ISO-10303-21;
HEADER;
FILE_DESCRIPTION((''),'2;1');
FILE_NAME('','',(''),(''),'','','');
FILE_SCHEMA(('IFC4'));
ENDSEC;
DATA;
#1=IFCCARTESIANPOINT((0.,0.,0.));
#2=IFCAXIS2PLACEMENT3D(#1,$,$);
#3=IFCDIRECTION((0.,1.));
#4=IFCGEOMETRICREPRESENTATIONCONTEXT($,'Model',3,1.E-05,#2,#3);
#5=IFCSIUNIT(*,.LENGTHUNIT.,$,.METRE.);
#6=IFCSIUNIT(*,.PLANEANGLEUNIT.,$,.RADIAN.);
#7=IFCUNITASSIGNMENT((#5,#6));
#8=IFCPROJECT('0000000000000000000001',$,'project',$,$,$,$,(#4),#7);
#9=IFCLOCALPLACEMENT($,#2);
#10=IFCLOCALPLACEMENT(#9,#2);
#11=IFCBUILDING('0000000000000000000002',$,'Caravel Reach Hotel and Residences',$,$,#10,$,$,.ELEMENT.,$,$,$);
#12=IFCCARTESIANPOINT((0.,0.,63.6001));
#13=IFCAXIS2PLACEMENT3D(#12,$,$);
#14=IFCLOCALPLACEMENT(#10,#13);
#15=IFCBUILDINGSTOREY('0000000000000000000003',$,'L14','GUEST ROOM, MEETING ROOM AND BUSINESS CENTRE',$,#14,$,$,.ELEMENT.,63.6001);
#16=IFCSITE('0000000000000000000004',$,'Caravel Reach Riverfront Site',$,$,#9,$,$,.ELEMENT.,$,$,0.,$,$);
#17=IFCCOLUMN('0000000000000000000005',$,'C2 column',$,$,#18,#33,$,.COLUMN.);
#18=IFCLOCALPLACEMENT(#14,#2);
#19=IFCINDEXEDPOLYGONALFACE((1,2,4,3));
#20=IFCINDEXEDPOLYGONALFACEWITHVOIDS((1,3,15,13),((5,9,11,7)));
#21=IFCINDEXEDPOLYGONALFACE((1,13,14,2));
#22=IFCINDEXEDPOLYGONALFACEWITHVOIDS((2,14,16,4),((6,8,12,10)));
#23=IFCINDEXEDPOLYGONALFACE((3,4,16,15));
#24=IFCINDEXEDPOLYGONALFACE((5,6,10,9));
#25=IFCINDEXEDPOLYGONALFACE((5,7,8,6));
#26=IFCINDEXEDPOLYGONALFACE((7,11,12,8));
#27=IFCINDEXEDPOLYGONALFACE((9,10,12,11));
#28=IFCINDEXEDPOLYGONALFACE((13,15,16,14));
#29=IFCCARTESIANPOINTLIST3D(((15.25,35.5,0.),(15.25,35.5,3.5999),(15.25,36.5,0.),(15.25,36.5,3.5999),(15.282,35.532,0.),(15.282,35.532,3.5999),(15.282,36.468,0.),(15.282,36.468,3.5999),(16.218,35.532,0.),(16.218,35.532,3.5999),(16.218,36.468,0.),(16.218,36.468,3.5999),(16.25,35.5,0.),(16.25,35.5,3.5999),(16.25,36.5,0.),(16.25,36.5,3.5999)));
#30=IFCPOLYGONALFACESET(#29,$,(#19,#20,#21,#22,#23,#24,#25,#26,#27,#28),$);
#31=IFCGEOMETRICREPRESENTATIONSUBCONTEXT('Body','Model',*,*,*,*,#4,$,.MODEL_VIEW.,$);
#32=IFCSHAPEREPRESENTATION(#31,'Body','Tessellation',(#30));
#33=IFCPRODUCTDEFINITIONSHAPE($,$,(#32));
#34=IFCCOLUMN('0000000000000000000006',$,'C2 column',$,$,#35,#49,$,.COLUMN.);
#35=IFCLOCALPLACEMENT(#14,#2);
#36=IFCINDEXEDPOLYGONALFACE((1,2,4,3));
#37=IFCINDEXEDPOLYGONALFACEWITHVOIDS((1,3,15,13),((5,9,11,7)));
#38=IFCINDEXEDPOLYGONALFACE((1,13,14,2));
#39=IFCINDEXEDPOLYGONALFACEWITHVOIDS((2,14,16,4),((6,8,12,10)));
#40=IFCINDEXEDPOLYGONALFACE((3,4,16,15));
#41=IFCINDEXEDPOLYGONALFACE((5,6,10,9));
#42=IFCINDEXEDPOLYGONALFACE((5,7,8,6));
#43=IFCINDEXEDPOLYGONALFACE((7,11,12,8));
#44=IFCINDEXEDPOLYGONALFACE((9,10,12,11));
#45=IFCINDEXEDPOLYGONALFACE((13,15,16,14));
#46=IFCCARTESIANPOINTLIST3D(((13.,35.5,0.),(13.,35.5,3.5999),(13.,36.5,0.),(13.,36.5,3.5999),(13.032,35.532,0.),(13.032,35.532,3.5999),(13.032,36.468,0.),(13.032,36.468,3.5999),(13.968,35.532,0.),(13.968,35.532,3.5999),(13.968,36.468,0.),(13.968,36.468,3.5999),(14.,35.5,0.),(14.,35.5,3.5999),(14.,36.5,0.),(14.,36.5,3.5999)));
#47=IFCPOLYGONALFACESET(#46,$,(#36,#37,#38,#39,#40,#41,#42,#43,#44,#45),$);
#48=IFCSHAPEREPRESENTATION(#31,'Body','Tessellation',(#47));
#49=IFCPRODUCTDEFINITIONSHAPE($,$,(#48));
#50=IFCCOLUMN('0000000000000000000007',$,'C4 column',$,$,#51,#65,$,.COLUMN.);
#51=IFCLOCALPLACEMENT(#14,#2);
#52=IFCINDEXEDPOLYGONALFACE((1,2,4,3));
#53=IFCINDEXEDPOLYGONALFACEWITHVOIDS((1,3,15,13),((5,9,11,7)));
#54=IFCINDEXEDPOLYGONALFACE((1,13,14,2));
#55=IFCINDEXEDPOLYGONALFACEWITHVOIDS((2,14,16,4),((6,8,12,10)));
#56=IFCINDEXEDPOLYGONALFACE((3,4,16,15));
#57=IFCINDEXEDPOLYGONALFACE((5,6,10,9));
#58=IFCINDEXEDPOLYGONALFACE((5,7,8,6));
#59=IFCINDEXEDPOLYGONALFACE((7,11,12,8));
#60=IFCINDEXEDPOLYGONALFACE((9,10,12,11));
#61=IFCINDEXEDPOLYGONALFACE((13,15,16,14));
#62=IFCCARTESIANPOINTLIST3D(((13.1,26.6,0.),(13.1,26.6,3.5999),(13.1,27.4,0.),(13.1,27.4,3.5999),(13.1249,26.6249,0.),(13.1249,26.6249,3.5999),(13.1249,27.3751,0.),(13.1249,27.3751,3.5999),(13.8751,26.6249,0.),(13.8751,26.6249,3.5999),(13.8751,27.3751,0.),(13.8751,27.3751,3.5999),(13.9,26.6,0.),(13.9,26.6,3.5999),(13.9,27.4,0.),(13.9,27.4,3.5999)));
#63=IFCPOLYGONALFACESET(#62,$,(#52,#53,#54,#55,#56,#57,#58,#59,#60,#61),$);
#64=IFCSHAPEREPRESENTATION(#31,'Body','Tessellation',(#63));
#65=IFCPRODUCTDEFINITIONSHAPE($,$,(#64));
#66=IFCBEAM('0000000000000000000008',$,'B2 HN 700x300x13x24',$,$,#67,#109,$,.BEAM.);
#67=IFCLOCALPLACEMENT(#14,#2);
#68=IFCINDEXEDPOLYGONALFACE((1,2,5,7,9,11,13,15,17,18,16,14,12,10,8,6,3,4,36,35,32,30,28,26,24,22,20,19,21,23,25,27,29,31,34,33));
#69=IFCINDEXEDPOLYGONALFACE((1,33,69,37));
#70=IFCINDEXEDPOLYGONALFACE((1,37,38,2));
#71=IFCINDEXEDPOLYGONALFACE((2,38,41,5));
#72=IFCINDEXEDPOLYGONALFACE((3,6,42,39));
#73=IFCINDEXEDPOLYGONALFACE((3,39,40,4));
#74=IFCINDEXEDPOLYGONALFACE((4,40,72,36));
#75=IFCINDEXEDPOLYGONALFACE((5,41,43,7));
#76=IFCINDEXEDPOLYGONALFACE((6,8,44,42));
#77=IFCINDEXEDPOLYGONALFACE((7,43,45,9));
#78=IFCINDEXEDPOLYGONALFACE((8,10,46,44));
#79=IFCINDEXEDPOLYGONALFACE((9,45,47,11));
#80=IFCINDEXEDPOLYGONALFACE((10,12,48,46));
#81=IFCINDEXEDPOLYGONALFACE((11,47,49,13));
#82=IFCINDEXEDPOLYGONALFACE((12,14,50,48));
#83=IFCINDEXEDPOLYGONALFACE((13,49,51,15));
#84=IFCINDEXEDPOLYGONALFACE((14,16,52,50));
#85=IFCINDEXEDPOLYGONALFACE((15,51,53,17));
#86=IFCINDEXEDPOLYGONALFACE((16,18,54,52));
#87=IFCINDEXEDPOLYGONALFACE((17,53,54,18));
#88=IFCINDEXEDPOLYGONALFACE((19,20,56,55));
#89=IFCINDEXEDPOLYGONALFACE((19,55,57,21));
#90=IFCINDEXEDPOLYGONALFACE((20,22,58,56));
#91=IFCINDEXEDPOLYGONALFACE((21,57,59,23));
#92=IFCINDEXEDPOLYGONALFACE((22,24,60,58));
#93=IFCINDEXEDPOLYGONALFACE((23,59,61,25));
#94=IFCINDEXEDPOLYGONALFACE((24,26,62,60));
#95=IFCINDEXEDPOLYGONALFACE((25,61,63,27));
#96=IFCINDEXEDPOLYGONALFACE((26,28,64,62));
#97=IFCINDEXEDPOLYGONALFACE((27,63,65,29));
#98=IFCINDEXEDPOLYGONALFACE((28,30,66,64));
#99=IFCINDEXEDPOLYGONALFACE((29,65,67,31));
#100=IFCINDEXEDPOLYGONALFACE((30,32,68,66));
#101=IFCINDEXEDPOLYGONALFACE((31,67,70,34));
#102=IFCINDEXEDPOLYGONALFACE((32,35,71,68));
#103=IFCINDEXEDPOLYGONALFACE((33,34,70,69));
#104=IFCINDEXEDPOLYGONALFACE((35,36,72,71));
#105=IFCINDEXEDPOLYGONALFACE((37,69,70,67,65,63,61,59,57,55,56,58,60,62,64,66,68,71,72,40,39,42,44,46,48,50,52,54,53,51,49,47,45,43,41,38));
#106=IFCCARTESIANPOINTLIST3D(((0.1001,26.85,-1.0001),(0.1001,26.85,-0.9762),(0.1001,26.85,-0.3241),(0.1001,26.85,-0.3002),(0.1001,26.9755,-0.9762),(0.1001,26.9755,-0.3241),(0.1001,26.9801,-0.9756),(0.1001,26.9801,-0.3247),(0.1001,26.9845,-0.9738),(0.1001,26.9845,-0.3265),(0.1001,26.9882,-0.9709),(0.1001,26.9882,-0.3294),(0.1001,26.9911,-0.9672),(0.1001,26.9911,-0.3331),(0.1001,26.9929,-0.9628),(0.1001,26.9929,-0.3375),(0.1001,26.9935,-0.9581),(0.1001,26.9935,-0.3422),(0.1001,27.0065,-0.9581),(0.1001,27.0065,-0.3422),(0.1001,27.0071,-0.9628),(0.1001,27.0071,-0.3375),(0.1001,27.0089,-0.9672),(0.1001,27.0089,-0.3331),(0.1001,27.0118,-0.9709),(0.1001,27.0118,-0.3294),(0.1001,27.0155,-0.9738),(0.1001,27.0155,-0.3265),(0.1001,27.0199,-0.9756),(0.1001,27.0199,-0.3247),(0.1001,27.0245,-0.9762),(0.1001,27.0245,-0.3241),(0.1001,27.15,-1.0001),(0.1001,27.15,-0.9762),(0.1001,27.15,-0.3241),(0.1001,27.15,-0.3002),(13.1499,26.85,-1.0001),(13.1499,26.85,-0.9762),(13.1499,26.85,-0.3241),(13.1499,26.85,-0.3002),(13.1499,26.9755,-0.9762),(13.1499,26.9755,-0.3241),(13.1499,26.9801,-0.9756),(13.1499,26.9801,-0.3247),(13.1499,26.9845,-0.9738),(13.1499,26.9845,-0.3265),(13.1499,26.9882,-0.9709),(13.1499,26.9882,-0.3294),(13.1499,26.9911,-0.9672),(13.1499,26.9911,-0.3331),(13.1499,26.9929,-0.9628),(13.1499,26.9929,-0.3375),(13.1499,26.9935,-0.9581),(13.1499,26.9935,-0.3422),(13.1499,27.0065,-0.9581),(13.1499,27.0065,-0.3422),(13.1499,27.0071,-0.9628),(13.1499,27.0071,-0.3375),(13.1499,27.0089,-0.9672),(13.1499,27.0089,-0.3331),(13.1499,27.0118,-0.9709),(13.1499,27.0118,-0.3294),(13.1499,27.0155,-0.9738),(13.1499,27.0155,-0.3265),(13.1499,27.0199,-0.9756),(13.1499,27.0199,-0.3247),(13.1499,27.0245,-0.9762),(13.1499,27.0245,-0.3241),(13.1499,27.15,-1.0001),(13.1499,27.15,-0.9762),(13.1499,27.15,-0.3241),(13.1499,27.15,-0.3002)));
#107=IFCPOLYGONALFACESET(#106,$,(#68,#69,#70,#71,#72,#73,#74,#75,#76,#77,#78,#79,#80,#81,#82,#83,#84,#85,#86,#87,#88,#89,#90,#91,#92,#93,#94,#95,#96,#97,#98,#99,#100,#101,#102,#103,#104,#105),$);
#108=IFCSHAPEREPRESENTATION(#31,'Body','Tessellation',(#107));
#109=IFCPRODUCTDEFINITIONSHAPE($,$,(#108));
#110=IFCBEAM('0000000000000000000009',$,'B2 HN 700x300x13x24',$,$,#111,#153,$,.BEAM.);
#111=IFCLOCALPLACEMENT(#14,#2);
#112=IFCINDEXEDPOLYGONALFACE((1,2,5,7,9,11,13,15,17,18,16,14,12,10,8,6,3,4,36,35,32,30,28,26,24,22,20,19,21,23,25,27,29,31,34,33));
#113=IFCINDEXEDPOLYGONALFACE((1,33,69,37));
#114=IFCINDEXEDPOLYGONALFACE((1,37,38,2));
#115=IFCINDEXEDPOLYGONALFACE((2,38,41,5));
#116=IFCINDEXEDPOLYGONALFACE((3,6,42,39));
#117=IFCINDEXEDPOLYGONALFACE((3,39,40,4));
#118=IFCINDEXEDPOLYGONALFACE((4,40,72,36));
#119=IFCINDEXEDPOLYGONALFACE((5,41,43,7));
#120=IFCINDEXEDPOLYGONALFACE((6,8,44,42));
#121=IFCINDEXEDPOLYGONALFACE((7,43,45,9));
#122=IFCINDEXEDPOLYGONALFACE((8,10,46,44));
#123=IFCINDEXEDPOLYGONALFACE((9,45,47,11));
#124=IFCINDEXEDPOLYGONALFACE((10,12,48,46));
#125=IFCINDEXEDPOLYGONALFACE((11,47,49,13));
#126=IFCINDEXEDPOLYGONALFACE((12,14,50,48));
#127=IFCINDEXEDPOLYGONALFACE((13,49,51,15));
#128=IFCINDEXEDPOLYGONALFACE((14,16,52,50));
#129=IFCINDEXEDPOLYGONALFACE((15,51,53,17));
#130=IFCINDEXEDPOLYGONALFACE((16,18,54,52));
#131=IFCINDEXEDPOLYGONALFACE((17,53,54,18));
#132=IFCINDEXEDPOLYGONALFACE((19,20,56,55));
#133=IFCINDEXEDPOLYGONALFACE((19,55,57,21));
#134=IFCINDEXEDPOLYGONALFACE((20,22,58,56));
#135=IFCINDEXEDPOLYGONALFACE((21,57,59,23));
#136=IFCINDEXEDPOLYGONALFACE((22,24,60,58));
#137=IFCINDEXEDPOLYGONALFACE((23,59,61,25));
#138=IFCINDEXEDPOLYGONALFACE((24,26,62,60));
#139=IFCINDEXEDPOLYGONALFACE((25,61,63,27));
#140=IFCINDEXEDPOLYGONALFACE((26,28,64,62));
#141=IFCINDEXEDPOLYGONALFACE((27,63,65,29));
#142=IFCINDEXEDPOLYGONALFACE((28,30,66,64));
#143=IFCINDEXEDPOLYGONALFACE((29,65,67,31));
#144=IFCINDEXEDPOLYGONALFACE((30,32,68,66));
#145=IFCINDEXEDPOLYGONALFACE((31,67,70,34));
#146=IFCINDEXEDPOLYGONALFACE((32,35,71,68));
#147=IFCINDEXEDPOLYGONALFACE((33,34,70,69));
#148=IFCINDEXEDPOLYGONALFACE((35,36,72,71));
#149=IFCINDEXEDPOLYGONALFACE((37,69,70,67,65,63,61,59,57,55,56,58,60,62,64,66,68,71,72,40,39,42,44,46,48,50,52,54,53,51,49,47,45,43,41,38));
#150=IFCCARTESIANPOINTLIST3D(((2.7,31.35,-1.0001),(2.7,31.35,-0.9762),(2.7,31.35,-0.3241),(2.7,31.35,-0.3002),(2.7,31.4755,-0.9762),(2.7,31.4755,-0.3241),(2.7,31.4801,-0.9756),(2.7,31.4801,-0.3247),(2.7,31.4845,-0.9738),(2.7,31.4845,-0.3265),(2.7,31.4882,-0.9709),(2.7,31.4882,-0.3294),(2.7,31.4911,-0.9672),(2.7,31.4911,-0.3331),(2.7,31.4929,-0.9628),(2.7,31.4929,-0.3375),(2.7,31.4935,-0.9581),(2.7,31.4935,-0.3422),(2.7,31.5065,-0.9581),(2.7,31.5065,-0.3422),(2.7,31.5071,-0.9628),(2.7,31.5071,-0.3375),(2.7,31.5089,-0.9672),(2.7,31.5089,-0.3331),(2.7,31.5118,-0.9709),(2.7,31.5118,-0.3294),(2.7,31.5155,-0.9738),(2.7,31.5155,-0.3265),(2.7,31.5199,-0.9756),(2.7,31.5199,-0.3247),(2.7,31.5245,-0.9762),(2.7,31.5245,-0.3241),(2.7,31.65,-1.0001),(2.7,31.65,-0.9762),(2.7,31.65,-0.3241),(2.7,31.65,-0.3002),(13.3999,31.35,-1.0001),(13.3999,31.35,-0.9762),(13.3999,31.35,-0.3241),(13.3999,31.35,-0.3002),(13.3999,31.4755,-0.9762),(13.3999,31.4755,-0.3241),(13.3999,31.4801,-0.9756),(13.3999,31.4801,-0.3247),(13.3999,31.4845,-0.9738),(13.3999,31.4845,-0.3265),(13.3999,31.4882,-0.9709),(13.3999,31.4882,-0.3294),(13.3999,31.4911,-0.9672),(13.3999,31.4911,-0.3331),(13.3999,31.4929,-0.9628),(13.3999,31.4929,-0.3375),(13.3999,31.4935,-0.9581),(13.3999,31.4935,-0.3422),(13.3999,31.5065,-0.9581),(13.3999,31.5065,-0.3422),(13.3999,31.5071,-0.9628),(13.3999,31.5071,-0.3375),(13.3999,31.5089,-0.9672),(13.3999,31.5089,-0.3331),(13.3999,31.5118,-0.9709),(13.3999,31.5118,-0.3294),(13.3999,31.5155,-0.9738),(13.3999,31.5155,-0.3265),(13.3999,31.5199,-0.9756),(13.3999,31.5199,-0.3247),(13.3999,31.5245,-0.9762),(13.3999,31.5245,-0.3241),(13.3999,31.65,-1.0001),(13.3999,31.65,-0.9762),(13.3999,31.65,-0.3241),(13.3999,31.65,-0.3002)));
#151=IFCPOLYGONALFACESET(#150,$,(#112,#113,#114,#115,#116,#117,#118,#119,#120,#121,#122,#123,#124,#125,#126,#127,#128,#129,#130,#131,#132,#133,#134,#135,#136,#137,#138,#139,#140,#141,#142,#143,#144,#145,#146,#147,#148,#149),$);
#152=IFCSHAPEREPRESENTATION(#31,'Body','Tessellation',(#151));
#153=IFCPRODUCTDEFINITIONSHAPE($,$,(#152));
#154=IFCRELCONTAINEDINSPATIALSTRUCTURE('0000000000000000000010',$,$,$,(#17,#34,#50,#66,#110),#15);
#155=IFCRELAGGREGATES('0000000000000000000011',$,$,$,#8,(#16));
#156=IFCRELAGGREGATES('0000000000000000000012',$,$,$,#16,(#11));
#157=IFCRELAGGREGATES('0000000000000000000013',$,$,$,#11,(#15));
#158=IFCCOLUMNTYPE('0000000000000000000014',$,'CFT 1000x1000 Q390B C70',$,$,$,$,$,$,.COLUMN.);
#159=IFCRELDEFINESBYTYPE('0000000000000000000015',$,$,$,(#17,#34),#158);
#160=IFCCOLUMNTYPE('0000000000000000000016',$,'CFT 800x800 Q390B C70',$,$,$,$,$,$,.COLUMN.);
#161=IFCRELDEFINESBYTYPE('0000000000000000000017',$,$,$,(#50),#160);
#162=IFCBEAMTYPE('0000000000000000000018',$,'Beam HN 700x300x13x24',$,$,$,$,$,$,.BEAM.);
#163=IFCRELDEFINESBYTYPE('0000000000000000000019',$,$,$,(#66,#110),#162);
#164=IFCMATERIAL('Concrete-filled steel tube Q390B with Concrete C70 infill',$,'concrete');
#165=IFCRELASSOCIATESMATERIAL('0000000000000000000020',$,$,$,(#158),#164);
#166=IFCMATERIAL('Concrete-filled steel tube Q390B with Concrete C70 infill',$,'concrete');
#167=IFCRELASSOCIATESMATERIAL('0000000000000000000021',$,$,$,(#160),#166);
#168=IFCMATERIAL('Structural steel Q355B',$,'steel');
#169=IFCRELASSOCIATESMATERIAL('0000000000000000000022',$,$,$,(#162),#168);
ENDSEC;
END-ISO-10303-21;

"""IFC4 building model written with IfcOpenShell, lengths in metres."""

from ifc_helpers import new_model, si_unit, direction, frame, origin, origin_2d, place, context, subcontext, project, spatial, hollow_rectangle, i_section, extrude, material, material_profile, profile_set, type_object, element, save


model = new_model("IFC4")

# Units and contexts
model_context = context("Model", 3, precision=1e-05, world=origin(), true_north=direction((0.0, 1.0)))
body_context = subcontext(model_context, "Body", "Model", "MODEL_VIEW")
ifc_project = project(units=[si_unit("LENGTHUNIT", "METRE"), si_unit("PLANEANGLEUNIT", "RADIAN")], contexts=[model_context])

# Site, building, storey
site_placement = place(None, origin())
site = spatial("IfcSite", under=ifc_project, at=site_placement, Name="Caravel Reach Riverfront Site", CompositionType="ELEMENT", RefElevation=0.0)
building_placement = place(site_placement, origin())
building = spatial("IfcBuilding", under=site, at=building_placement, Name="Caravel Reach Hotel and Residences", CompositionType="ELEMENT")
storey_placement = place(building_placement, frame((0.0, 0.0, 63.6001)))
storey = spatial("IfcBuildingStorey", under=building, at=storey_placement, Name="L14", Description="GUEST ROOM, MEETING ROOM AND BUSINESS CENTRE", CompositionType="ELEMENT", Elevation=63.6001)

# Columns
ifc_material_1 = material(Name="Concrete-filled steel tube Q390B with Concrete C70 infill", Category="concrete")
ifc_material_profile_1 = material_profile(ifc_material_1, hollow_rectangle(XDim=1.0, YDim=1.0, WallThickness=0.032, at=origin_2d()), Name="RHS 1000x1000x32")
ifc_profile_set_1 = profile_set([ifc_material_profile_1], Name="Concrete-filled steel tube Q390B with Concrete C70 infill")
column_type_1 = type_object("IfcColumnType", Name="CFT 1000x1000 Q390B C70", PredefinedType="COLUMN", material=ifc_profile_set_1)
for number, where, z_axis, x_axis, name in (
    (1, (15.75, 36.0, 0.0), (0.0, 0.0, 1.0), (1.0, 0.0, 0.0), "C2 column"),
    (2, (13.5, 36.0, 0.0), (0.0, 0.0, 1.0), (1.0, 0.0, 0.0), "C2 column"),
):
    element("IfcColumn", number, at=place(storey_placement, frame(where, z_axis=z_axis, x_axis=x_axis)), inside=storey, type_object=column_type_1, Name=name, PredefinedType="COLUMN", context=body_context, shape_type="SweptSolid", body=[
        extrude(hollow_rectangle(XDim=1.0, YDim=1.0, WallThickness=0.032, at=origin_2d()), origin(), (0.0, 0.0, 1.0), 3.5999),
    ])
ifc_material_2 = material(Name="Concrete-filled steel tube Q390B with Concrete C70 infill", Category="concrete")
ifc_material_profile_2 = material_profile(ifc_material_2, hollow_rectangle(XDim=0.8, YDim=0.8, WallThickness=0.0249, at=origin_2d()), Name="RHS 800x800x25")
ifc_profile_set_2 = profile_set([ifc_material_profile_2], Name="Concrete-filled steel tube Q390B with Concrete C70 infill")
column_type_2 = type_object("IfcColumnType", Name="CFT 800x800 Q390B C70", PredefinedType="COLUMN", material=ifc_profile_set_2)
column_placement = place(storey_placement, frame((13.5, 27.0, 0.0), z_axis=(0.0, 0.0, 1.0), x_axis=(1.0, 0.0, 0.0)))
element("IfcColumn", 3, at=column_placement, inside=storey, type_object=column_type_2, Name="C4 column", PredefinedType="COLUMN", context=body_context, shape_type="SweptSolid", body=[
    extrude(hollow_rectangle(XDim=0.8, YDim=0.8, WallThickness=0.0249, at=origin_2d()), origin(), (0.0, 0.0, 1.0), 3.5999),
])

# Beams
ifc_material_3 = material(Name="Structural steel Q355B", Category="steel")
ifc_material_profile_3 = material_profile(ifc_material_3, i_section(OverallWidth=0.3, OverallDepth=0.7, WebThickness=0.0129, FlangeThickness=0.0239, FilletRadius=0.0181, at=origin_2d()), Name="HN 700x300x13x24")
ifc_profile_set_3 = profile_set([ifc_material_profile_3], Name="Structural steel Q355B")
beam_type_1 = type_object("IfcBeamType", Name="Beam HN 700x300x13x24", PredefinedType="BEAM", material=ifc_profile_set_3)
beam_1_placement = place(storey_placement, frame((13.1499, 27.0, -0.6501), z_axis=(-1.0, 0.0, 0.0), x_axis=(0.0, -1.0, 0.0)))
element("IfcBeam", 4, at=beam_1_placement, inside=storey, type_object=beam_type_1, Name="B2 HN 700x300x13x24", PredefinedType="BEAM", context=body_context, shape_type="SweptSolid", body=[
    extrude(i_section(OverallWidth=0.3, OverallDepth=0.7, WebThickness=0.0129, FlangeThickness=0.0239, FilletRadius=0.0181, at=origin_2d()), origin(), (0.0, 0.0, 1.0), 13.0498),
])
beam_2_placement = place(storey_placement, frame((13.3999, 31.5, -0.6501), z_axis=(-1.0, 0.0, 0.0), x_axis=(0.0, -1.0, 0.0)))
element("IfcBeam", 5, at=beam_2_placement, inside=storey, type_object=beam_type_1, Name="B2 HN 700x300x13x24", PredefinedType="BEAM", context=body_context, shape_type="SweptSolid", body=[
    extrude(i_section(OverallWidth=0.3, OverallDepth=0.7, WebThickness=0.0129, FlangeThickness=0.0239, FilletRadius=0.0181, at=origin_2d()), origin(), (0.0, 0.0, 1.0), 10.7),
])

save(model, "model.ifc")
